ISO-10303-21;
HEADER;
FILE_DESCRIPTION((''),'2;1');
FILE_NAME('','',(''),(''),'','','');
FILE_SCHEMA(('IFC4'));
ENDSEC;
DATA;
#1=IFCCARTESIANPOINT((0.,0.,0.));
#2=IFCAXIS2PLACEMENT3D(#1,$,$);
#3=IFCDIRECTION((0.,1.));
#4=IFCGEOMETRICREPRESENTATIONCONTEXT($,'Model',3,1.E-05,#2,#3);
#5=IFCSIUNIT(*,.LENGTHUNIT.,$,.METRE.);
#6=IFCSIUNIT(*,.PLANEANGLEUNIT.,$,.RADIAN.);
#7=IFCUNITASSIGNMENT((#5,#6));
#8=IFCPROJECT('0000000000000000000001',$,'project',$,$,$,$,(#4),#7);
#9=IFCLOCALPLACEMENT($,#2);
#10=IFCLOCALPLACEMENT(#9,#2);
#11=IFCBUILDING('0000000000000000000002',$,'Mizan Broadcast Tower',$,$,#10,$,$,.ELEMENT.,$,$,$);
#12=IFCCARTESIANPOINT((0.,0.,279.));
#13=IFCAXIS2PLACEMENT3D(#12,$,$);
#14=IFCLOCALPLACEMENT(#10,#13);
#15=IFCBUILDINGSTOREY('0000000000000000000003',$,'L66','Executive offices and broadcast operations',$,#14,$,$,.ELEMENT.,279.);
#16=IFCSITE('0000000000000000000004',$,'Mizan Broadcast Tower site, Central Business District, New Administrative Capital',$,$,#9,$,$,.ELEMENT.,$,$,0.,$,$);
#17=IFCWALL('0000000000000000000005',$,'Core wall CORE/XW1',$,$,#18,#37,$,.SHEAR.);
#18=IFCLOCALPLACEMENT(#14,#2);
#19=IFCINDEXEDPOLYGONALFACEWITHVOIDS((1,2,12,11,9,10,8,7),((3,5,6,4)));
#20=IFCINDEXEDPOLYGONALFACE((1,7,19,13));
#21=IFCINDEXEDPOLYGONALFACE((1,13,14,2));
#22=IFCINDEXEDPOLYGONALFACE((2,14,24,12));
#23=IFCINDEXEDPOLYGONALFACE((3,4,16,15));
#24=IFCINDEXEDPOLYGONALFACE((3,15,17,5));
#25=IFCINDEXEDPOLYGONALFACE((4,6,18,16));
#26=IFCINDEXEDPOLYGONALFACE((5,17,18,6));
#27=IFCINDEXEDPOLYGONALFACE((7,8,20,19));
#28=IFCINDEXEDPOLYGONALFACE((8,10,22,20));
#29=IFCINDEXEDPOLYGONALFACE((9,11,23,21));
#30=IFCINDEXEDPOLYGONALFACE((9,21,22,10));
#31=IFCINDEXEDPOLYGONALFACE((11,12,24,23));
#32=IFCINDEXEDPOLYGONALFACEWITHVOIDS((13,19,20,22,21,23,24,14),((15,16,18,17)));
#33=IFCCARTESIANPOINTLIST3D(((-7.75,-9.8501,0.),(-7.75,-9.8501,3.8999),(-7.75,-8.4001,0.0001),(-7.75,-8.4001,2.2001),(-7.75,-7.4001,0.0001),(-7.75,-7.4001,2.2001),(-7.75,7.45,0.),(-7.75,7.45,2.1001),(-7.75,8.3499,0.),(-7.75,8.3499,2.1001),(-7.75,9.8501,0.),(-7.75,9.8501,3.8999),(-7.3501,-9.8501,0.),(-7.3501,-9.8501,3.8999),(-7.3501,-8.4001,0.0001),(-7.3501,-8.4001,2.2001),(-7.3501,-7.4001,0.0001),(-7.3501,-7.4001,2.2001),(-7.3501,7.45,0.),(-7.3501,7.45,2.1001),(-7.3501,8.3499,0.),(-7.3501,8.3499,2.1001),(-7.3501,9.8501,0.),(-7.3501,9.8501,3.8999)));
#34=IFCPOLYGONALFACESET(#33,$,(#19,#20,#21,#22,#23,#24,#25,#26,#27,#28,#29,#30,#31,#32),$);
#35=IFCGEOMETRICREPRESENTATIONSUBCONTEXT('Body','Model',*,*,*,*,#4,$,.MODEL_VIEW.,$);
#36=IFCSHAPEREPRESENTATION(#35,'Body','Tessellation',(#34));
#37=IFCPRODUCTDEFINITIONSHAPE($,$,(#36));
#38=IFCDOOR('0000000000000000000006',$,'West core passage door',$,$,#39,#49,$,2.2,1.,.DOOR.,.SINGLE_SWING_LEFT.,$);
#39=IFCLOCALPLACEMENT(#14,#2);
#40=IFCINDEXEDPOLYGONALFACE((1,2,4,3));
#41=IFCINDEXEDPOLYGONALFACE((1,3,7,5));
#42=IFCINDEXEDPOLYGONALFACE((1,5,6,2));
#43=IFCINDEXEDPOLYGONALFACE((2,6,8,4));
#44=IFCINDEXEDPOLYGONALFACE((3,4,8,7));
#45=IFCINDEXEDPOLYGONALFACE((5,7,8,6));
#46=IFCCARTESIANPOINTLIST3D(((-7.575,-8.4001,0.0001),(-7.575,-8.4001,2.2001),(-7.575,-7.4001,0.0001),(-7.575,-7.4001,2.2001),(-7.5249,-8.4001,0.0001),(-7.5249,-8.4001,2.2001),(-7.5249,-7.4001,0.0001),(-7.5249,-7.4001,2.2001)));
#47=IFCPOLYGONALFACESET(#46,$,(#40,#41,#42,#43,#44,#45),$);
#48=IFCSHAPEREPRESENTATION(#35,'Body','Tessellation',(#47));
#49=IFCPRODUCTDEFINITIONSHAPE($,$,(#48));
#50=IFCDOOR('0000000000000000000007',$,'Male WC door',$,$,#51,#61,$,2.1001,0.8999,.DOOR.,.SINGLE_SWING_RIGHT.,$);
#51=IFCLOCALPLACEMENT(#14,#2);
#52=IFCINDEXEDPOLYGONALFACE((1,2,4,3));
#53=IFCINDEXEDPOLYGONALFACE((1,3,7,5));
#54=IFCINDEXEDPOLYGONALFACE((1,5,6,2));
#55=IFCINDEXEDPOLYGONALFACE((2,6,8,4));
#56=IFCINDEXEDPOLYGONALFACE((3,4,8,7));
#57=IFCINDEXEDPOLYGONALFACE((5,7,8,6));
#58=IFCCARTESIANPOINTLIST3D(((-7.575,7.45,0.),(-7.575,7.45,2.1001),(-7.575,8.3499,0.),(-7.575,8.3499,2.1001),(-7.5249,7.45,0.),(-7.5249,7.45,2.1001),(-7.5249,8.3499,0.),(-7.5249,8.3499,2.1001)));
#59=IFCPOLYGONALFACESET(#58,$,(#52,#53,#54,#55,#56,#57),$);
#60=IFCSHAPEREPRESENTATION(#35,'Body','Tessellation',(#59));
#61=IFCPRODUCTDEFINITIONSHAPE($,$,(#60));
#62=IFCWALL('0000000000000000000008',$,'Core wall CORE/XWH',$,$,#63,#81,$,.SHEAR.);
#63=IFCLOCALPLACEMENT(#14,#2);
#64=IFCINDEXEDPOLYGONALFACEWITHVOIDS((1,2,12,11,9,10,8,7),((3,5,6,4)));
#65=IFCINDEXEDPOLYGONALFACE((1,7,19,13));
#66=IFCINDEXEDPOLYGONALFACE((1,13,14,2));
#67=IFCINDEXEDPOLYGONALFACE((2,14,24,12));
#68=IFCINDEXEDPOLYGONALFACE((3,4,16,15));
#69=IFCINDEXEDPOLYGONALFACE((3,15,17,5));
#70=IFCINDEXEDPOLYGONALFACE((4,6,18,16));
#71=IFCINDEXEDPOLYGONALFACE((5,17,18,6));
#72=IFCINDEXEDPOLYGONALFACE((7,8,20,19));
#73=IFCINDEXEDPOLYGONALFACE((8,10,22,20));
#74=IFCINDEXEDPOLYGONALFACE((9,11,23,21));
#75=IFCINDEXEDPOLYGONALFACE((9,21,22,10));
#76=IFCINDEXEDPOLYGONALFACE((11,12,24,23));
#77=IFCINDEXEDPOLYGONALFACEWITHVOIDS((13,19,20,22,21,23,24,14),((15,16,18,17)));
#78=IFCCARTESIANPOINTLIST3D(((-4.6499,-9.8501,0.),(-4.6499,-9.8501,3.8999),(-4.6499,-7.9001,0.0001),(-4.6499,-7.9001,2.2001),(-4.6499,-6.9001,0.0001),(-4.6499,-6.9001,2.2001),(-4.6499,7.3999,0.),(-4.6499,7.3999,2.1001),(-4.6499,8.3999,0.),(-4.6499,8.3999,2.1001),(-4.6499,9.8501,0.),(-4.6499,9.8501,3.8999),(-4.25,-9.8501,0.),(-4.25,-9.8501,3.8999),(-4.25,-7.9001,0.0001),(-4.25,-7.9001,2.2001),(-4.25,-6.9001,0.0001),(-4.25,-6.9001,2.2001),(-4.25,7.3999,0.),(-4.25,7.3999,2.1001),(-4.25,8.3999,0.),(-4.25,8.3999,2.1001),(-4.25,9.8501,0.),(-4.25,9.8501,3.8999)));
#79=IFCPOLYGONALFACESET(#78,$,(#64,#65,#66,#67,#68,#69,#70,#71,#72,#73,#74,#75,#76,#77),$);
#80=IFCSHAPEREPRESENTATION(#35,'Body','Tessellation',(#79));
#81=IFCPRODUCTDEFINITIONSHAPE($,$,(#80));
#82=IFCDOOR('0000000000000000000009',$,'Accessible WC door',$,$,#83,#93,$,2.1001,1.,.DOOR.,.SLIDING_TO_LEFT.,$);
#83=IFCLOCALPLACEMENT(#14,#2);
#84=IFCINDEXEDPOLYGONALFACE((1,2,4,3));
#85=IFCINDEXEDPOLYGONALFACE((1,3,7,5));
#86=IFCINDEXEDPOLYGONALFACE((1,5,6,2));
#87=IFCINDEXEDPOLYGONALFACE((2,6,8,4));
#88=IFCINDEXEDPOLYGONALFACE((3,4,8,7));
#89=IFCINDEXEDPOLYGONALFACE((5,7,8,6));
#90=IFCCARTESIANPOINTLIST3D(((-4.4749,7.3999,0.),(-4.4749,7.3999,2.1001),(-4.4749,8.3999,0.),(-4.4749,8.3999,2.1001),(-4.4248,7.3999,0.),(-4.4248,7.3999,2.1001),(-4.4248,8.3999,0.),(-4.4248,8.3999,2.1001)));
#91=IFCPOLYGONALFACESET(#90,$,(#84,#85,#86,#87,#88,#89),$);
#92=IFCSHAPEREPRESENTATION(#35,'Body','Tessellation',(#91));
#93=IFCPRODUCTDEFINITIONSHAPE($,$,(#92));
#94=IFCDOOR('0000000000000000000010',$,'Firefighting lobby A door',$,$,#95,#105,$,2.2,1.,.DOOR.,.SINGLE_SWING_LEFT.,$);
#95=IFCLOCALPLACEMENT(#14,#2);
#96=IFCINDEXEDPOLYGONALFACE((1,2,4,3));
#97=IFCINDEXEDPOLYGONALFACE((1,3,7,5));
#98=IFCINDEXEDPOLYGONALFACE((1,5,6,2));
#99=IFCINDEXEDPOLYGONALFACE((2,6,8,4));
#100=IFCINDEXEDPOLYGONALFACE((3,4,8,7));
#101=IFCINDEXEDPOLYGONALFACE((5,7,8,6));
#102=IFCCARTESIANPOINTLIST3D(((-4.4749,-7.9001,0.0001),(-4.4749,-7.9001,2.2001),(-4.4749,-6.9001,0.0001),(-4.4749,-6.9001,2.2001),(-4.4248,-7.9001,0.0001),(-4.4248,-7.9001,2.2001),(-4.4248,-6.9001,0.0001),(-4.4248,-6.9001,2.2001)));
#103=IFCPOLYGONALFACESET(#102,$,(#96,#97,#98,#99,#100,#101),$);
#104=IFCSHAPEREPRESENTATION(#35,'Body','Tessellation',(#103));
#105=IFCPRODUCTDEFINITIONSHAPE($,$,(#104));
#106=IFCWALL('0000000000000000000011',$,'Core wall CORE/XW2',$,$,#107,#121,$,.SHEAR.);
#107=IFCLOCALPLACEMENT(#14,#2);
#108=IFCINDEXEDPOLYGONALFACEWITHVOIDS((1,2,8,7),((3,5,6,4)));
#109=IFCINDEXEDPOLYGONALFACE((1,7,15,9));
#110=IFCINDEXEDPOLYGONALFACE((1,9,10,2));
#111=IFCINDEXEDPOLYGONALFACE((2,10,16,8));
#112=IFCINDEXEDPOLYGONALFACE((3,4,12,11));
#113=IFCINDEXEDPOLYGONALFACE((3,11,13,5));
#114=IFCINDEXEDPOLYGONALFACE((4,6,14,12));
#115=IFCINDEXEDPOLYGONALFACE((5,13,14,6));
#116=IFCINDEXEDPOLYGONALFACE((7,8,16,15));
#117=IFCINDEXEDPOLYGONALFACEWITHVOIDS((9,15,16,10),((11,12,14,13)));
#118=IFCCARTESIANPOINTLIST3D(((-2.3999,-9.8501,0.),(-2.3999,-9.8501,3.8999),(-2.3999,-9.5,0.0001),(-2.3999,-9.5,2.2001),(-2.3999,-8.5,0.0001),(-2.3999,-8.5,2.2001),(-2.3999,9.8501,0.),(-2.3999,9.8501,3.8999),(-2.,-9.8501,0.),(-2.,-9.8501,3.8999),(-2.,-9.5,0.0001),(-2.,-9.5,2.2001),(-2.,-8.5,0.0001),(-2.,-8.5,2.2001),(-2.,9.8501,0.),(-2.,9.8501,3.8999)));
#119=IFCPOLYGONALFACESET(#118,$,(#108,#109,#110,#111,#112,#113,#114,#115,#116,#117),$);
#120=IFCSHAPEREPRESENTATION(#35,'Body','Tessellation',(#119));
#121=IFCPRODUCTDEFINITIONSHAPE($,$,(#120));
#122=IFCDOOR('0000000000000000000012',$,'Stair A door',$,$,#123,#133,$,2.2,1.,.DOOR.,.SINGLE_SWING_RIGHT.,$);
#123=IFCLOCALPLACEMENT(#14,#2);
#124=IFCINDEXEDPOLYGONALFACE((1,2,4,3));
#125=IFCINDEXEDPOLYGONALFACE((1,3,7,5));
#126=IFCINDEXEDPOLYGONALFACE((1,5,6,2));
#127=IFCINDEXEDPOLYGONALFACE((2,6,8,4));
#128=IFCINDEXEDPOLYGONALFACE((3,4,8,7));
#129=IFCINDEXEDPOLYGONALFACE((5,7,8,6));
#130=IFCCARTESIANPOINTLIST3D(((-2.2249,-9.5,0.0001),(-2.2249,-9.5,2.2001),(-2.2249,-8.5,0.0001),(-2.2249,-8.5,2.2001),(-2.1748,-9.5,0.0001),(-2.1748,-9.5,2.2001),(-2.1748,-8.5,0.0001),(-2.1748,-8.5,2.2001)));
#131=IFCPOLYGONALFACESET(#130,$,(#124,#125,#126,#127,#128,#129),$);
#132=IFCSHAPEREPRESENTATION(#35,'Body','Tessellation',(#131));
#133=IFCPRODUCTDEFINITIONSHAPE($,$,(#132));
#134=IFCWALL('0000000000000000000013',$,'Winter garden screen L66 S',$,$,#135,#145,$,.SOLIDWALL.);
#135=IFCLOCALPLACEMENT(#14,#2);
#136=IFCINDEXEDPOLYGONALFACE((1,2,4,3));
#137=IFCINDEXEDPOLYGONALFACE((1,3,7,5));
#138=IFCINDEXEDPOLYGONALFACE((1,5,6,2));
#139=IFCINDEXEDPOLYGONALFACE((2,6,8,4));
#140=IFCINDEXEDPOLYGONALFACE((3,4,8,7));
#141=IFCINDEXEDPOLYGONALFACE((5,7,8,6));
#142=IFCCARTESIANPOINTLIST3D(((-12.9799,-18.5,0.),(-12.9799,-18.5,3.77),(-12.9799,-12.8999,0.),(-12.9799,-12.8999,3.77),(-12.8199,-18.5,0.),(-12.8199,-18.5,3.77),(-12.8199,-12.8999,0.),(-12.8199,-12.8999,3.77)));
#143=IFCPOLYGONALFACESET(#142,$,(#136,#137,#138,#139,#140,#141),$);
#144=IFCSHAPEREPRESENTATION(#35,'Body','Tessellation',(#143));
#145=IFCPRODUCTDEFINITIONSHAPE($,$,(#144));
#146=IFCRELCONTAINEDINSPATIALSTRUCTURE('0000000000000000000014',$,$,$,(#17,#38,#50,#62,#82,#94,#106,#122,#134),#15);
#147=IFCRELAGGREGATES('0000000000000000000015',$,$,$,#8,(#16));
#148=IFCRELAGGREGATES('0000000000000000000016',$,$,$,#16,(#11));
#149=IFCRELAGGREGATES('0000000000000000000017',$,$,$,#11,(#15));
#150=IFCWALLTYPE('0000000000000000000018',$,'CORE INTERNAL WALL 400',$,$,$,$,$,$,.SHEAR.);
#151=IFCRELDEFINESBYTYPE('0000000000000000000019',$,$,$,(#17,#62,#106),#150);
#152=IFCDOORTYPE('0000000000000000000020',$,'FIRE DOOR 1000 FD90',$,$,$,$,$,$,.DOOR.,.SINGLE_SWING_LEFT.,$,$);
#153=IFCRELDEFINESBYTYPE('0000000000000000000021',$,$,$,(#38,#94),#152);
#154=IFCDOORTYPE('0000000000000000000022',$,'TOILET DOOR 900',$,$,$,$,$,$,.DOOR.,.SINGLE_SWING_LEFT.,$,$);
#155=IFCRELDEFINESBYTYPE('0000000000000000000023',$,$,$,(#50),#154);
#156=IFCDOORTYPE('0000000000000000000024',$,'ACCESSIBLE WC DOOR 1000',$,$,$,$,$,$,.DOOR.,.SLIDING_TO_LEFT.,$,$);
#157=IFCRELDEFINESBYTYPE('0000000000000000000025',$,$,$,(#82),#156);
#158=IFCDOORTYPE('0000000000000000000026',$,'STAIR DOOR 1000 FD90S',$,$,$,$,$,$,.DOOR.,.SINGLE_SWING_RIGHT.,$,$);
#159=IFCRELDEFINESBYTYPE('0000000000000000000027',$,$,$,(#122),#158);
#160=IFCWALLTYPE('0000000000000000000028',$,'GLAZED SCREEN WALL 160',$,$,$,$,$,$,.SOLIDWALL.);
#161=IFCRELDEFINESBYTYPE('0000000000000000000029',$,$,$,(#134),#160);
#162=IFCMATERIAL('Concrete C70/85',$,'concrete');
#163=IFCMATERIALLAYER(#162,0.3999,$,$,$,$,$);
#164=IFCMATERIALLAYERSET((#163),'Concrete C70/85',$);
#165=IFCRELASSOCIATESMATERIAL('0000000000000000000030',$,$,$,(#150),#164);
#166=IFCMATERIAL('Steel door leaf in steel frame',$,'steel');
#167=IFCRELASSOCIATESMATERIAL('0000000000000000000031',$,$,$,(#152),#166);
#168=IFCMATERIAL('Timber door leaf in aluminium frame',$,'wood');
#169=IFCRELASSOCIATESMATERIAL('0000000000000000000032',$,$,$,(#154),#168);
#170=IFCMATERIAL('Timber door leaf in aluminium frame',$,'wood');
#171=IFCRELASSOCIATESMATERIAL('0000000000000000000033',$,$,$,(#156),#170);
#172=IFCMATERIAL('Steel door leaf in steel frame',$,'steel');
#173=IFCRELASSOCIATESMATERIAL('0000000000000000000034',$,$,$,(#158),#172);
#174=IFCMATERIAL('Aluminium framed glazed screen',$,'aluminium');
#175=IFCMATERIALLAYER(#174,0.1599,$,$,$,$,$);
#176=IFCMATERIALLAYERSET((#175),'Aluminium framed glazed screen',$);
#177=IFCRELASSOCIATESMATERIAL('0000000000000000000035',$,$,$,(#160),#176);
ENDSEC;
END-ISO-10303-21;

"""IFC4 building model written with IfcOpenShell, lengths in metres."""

from ifc_helpers import new_model, si_unit, direction, frame, frame_2d, origin, place, context, subcontext, project, spatial, rectangle, extrude, material, layer, layer_set, type_object, element, fill, save


model = new_model("IFC4")

# Units and contexts
model_context = context("Model", 3, precision=1e-05, world=origin(), true_north=direction((0.0, 1.0)))
body_context = subcontext(model_context, "Body", "Model", "MODEL_VIEW")
ifc_project = project(units=[si_unit("LENGTHUNIT", "METRE"), si_unit("PLANEANGLEUNIT", "RADIAN")], contexts=[model_context])

# Site, building, storey
site_placement = place(None, origin())
site = spatial("IfcSite", under=ifc_project, at=site_placement, Name="Mizan Broadcast Tower site, Central Business District, New Administrative Capital", CompositionType="ELEMENT", RefElevation=0.0)
building_placement = place(site_placement, origin())
building = spatial("IfcBuilding", under=site, at=building_placement, Name="Mizan Broadcast Tower", CompositionType="ELEMENT")
storey_placement = place(building_placement, frame((0.0, 0.0, 279.0)))
storey = spatial("IfcBuildingStorey", under=building, at=storey_placement, Name="L66", Description="Executive offices and broadcast operations", CompositionType="ELEMENT", Elevation=279.0)

# Walls, openings, doors
ifc_material_1 = material(Name="Concrete C70/85", Category="concrete")
ifc_layer_1 = layer(ifc_material_1, 0.3999)
ifc_layer_set_1 = layer_set([ifc_layer_1], Name="Concrete C70/85")
wall_type_1 = type_object("IfcWallType", Name="CORE INTERNAL WALL 400", PredefinedType="SHEAR", material=ifc_layer_set_1)
wall_1_placement = place(storey_placement, frame((-7.55, -9.8501, 0.0), z_axis=(0.0, 0.0, 1.0), x_axis=(0.0, 1.0, 0.0)))
wall_1 = element("IfcWall", 1, at=wall_1_placement, inside=storey, type_object=wall_type_1, Name="Core wall CORE/XW1", PredefinedType="SHEAR", context=body_context, shape_type="SweptSolid", body=[
    extrude(rectangle(XDim=19.7002, YDim=0.3999, at=frame_2d((9.8501, 0.0))), origin(), (0.0, 0.0, 1.0), 3.8999),
])
opening_1_placement = place(wall_1_placement, frame((1.45, 0.0, 0.0)))
opening_1 = element("IfcOpeningElement", 2, at=opening_1_placement, cuts=wall_1, PredefinedType="OPENING", context=body_context, shape_type="SweptSolid", body=[
    extrude(rectangle(XDim=1.0, YDim=2.2, at=frame_2d((0.5, 1.1001))), frame((0.0, 0.21, 0.0), z_axis=(0.0, -1.0, 0.0), x_axis=(1.0, 0.0, 0.0)), (0.0, 0.0, 1.0), 0.4199),
])
opening_2_placement = place(wall_1_placement, frame((17.3, 0.0, 0.0)))
opening_2 = element("IfcOpeningElement", 3, at=opening_2_placement, cuts=wall_1, PredefinedType="OPENING", context=body_context, shape_type="SweptSolid", body=[
    extrude(rectangle(XDim=0.8999, YDim=2.1001, at=frame_2d((0.45, 1.05))), frame((0.0, 0.21, 0.0), z_axis=(0.0, -1.0, 0.0), x_axis=(1.0, 0.0, 0.0)), (0.0, 0.0, 1.0), 0.4199),
])
ifc_material_2 = material(Name="Steel door leaf in steel frame", Category="steel")
door_type_1 = type_object("IfcDoorType", Name="FIRE DOOR 1000 FD90", OperationType="SINGLE_SWING_LEFT", PredefinedType="DOOR", material=ifc_material_2)
door_1_placement = place(opening_1_placement, origin())
door_1 = element("IfcDoor", 4, at=door_1_placement, inside=storey, type_object=door_type_1, Name="West core passage door", OperationType="SINGLE_SWING_LEFT", OverallHeight=2.2, OverallWidth=1.0, PredefinedType="DOOR", context=body_context, shape_type="SweptSolid", body=[
    extrude(rectangle(XDim=1.0, YDim=2.2, at=frame_2d((0.5, 1.1001))), frame((0.0, 0.0249, 0.0), z_axis=(0.0, -1.0, 0.0), x_axis=(1.0, 0.0, 0.0)), (0.0, 0.0, 1.0), 0.05),
])
fill(opening_1, door_1)
ifc_material_3 = material(Name="Timber door leaf in aluminium frame", Category="wood")
door_type_2 = type_object("IfcDoorType", Name="TOILET DOOR 900", OperationType="SINGLE_SWING_LEFT", PredefinedType="DOOR", material=ifc_material_3)
door_2_placement = place(opening_2_placement, origin())
door_2 = element("IfcDoor", 5, at=door_2_placement, inside=storey, type_object=door_type_2, Name="Male WC door", OperationType="SINGLE_SWING_RIGHT", OverallHeight=2.1001, OverallWidth=0.8999, PredefinedType="DOOR", context=body_context, shape_type="SweptSolid", body=[
    extrude(rectangle(XDim=0.8999, YDim=2.1001, at=frame_2d((0.45, 1.05))), frame((0.0, 0.0249, 0.0), z_axis=(0.0, -1.0, 0.0), x_axis=(1.0, 0.0, 0.0)), (0.0, 0.0, 1.0), 0.05),
])
fill(opening_2, door_2)
wall_2_placement = place(storey_placement, frame((-4.45, -9.8501, 0.0), z_axis=(0.0, 0.0, 1.0), x_axis=(0.0, 1.0, 0.0)))
wall_2 = element("IfcWall", 6, at=wall_2_placement, inside=storey, type_object=wall_type_1, Name="Core wall CORE/XWH", PredefinedType="SHEAR", context=body_context, shape_type="SweptSolid", body=[
    extrude(rectangle(XDim=19.7002, YDim=0.3999, at=frame_2d((9.8501, 0.0))), origin(), (0.0, 0.0, 1.0), 3.8999),
])
opening_3_placement = place(wall_2_placement, frame((1.95, 0.0, 0.0)))
opening_3 = element("IfcOpeningElement", 7, at=opening_3_placement, cuts=wall_2, PredefinedType="OPENING", context=body_context, shape_type="SweptSolid", body=[
    extrude(rectangle(XDim=1.0, YDim=2.2, at=frame_2d((0.5, 1.1001))), frame((0.0, 0.21, 0.0), z_axis=(0.0, -1.0, 0.0), x_axis=(1.0, 0.0, 0.0)), (0.0, 0.0, 1.0), 0.4199),
])
opening_4_placement = place(wall_2_placement, frame((17.25, 0.0, 0.0)))
opening_4 = element("IfcOpeningElement", 8, at=opening_4_placement, cuts=wall_2, PredefinedType="OPENING", context=body_context, shape_type="SweptSolid", body=[
    extrude(rectangle(XDim=1.0, YDim=2.1001, at=frame_2d((0.5, 1.05))), frame((0.0, 0.21, 0.0), z_axis=(0.0, -1.0, 0.0), x_axis=(1.0, 0.0, 0.0)), (0.0, 0.0, 1.0), 0.4199),
])
ifc_material_4 = material(Name="Timber door leaf in aluminium frame", Category="wood")
door_type_3 = type_object("IfcDoorType", Name="ACCESSIBLE WC DOOR 1000", OperationType="SLIDING_TO_LEFT", PredefinedType="DOOR", material=ifc_material_4)
door_3_placement = place(opening_4_placement, origin())
door_3 = element("IfcDoor", 9, at=door_3_placement, inside=storey, type_object=door_type_3, Name="Accessible WC door", OperationType="SLIDING_TO_LEFT", OverallHeight=2.1001, OverallWidth=1.0, PredefinedType="DOOR", context=body_context, shape_type="SweptSolid", body=[
    extrude(rectangle(XDim=1.0, YDim=2.1001, at=frame_2d((0.5, 1.05))), frame((0.0, 0.0249, 0.0), z_axis=(0.0, -1.0, 0.0), x_axis=(1.0, 0.0, 0.0)), (0.0, 0.0, 1.0), 0.05),
])
fill(opening_4, door_3)
door_4_placement = place(opening_3_placement, origin())
door_4 = element("IfcDoor", 10, at=door_4_placement, inside=storey, type_object=door_type_1, Name="Firefighting lobby A door", OperationType="SINGLE_SWING_LEFT", OverallHeight=2.2, OverallWidth=1.0, PredefinedType="DOOR", context=body_context, shape_type="SweptSolid", body=[
    extrude(rectangle(XDim=1.0, YDim=2.2, at=frame_2d((0.5, 1.1001))), frame((0.0, 0.0249, 0.0), z_axis=(0.0, -1.0, 0.0), x_axis=(1.0, 0.0, 0.0)), (0.0, 0.0, 1.0), 0.05),
])
fill(opening_3, door_4)

# Wall, opening, door
wall_3_placement = place(storey_placement, frame((-2.2, -9.8501, 0.0), z_axis=(0.0, 0.0, 1.0), x_axis=(0.0, 1.0, 0.0)))
wall_3 = element("IfcWall", 11, at=wall_3_placement, inside=storey, type_object=wall_type_1, Name="Core wall CORE/XW2", PredefinedType="SHEAR", context=body_context, shape_type="SweptSolid", body=[
    extrude(rectangle(XDim=19.7002, YDim=0.3999, at=frame_2d((9.8501, 0.0))), origin(), (0.0, 0.0, 1.0), 3.8999),
])
opening_5_placement = place(wall_3_placement, frame((0.3501, 0.0, 0.0)))
opening_5 = element("IfcOpeningElement", 12, at=opening_5_placement, cuts=wall_3, PredefinedType="OPENING", context=body_context, shape_type="SweptSolid", body=[
    extrude(rectangle(XDim=1.0, YDim=2.2, at=frame_2d((0.5, 1.1001))), frame((0.0, 0.21, 0.0), z_axis=(0.0, -1.0, 0.0), x_axis=(1.0, 0.0, 0.0)), (0.0, 0.0, 1.0), 0.4199),
])
ifc_material_5 = material(Name="Steel door leaf in steel frame", Category="steel")
door_type_4 = type_object("IfcDoorType", Name="STAIR DOOR 1000 FD90S", OperationType="SINGLE_SWING_RIGHT", PredefinedType="DOOR", material=ifc_material_5)
door_5_placement = place(opening_5_placement, origin())
door_5 = element("IfcDoor", 13, at=door_5_placement, inside=storey, type_object=door_type_4, Name="Stair A door", OperationType="SINGLE_SWING_RIGHT", OverallHeight=2.2, OverallWidth=1.0, PredefinedType="DOOR", context=body_context, shape_type="SweptSolid", body=[
    extrude(rectangle(XDim=1.0, YDim=2.2, at=frame_2d((0.5, 1.1001))), frame((0.0, 0.0249, 0.0), z_axis=(0.0, -1.0, 0.0), x_axis=(1.0, 0.0, 0.0)), (0.0, 0.0, 1.0), 0.05),
])
fill(opening_5, door_5)

# Wall
ifc_material_6 = material(Name="Aluminium framed glazed screen", Category="aluminium")
ifc_layer_2 = layer(ifc_material_6, 0.1599)
ifc_layer_set_2 = layer_set([ifc_layer_2], Name="Aluminium framed glazed screen")
wall_type_2 = type_object("IfcWallType", Name="GLAZED SCREEN WALL 160", PredefinedType="SOLIDWALL", material=ifc_layer_set_2)
wall_4_placement = place(storey_placement, frame((-12.8999, -12.8999, 0.0), z_axis=(0.0, 0.0, 1.0), x_axis=(0.0, -1.0, 0.0)))
element("IfcWall", 14, at=wall_4_placement, inside=storey, type_object=wall_type_2, Name="Winter garden screen L66 S", PredefinedType="SOLIDWALL", context=body_context, shape_type="SweptSolid", body=[
    extrude(rectangle(XDim=5.6001, YDim=0.1599, at=frame_2d((2.8, 0.0))), origin(), (0.0, 0.0, 1.0), 3.77),
])

save(model, "model.ifc")
